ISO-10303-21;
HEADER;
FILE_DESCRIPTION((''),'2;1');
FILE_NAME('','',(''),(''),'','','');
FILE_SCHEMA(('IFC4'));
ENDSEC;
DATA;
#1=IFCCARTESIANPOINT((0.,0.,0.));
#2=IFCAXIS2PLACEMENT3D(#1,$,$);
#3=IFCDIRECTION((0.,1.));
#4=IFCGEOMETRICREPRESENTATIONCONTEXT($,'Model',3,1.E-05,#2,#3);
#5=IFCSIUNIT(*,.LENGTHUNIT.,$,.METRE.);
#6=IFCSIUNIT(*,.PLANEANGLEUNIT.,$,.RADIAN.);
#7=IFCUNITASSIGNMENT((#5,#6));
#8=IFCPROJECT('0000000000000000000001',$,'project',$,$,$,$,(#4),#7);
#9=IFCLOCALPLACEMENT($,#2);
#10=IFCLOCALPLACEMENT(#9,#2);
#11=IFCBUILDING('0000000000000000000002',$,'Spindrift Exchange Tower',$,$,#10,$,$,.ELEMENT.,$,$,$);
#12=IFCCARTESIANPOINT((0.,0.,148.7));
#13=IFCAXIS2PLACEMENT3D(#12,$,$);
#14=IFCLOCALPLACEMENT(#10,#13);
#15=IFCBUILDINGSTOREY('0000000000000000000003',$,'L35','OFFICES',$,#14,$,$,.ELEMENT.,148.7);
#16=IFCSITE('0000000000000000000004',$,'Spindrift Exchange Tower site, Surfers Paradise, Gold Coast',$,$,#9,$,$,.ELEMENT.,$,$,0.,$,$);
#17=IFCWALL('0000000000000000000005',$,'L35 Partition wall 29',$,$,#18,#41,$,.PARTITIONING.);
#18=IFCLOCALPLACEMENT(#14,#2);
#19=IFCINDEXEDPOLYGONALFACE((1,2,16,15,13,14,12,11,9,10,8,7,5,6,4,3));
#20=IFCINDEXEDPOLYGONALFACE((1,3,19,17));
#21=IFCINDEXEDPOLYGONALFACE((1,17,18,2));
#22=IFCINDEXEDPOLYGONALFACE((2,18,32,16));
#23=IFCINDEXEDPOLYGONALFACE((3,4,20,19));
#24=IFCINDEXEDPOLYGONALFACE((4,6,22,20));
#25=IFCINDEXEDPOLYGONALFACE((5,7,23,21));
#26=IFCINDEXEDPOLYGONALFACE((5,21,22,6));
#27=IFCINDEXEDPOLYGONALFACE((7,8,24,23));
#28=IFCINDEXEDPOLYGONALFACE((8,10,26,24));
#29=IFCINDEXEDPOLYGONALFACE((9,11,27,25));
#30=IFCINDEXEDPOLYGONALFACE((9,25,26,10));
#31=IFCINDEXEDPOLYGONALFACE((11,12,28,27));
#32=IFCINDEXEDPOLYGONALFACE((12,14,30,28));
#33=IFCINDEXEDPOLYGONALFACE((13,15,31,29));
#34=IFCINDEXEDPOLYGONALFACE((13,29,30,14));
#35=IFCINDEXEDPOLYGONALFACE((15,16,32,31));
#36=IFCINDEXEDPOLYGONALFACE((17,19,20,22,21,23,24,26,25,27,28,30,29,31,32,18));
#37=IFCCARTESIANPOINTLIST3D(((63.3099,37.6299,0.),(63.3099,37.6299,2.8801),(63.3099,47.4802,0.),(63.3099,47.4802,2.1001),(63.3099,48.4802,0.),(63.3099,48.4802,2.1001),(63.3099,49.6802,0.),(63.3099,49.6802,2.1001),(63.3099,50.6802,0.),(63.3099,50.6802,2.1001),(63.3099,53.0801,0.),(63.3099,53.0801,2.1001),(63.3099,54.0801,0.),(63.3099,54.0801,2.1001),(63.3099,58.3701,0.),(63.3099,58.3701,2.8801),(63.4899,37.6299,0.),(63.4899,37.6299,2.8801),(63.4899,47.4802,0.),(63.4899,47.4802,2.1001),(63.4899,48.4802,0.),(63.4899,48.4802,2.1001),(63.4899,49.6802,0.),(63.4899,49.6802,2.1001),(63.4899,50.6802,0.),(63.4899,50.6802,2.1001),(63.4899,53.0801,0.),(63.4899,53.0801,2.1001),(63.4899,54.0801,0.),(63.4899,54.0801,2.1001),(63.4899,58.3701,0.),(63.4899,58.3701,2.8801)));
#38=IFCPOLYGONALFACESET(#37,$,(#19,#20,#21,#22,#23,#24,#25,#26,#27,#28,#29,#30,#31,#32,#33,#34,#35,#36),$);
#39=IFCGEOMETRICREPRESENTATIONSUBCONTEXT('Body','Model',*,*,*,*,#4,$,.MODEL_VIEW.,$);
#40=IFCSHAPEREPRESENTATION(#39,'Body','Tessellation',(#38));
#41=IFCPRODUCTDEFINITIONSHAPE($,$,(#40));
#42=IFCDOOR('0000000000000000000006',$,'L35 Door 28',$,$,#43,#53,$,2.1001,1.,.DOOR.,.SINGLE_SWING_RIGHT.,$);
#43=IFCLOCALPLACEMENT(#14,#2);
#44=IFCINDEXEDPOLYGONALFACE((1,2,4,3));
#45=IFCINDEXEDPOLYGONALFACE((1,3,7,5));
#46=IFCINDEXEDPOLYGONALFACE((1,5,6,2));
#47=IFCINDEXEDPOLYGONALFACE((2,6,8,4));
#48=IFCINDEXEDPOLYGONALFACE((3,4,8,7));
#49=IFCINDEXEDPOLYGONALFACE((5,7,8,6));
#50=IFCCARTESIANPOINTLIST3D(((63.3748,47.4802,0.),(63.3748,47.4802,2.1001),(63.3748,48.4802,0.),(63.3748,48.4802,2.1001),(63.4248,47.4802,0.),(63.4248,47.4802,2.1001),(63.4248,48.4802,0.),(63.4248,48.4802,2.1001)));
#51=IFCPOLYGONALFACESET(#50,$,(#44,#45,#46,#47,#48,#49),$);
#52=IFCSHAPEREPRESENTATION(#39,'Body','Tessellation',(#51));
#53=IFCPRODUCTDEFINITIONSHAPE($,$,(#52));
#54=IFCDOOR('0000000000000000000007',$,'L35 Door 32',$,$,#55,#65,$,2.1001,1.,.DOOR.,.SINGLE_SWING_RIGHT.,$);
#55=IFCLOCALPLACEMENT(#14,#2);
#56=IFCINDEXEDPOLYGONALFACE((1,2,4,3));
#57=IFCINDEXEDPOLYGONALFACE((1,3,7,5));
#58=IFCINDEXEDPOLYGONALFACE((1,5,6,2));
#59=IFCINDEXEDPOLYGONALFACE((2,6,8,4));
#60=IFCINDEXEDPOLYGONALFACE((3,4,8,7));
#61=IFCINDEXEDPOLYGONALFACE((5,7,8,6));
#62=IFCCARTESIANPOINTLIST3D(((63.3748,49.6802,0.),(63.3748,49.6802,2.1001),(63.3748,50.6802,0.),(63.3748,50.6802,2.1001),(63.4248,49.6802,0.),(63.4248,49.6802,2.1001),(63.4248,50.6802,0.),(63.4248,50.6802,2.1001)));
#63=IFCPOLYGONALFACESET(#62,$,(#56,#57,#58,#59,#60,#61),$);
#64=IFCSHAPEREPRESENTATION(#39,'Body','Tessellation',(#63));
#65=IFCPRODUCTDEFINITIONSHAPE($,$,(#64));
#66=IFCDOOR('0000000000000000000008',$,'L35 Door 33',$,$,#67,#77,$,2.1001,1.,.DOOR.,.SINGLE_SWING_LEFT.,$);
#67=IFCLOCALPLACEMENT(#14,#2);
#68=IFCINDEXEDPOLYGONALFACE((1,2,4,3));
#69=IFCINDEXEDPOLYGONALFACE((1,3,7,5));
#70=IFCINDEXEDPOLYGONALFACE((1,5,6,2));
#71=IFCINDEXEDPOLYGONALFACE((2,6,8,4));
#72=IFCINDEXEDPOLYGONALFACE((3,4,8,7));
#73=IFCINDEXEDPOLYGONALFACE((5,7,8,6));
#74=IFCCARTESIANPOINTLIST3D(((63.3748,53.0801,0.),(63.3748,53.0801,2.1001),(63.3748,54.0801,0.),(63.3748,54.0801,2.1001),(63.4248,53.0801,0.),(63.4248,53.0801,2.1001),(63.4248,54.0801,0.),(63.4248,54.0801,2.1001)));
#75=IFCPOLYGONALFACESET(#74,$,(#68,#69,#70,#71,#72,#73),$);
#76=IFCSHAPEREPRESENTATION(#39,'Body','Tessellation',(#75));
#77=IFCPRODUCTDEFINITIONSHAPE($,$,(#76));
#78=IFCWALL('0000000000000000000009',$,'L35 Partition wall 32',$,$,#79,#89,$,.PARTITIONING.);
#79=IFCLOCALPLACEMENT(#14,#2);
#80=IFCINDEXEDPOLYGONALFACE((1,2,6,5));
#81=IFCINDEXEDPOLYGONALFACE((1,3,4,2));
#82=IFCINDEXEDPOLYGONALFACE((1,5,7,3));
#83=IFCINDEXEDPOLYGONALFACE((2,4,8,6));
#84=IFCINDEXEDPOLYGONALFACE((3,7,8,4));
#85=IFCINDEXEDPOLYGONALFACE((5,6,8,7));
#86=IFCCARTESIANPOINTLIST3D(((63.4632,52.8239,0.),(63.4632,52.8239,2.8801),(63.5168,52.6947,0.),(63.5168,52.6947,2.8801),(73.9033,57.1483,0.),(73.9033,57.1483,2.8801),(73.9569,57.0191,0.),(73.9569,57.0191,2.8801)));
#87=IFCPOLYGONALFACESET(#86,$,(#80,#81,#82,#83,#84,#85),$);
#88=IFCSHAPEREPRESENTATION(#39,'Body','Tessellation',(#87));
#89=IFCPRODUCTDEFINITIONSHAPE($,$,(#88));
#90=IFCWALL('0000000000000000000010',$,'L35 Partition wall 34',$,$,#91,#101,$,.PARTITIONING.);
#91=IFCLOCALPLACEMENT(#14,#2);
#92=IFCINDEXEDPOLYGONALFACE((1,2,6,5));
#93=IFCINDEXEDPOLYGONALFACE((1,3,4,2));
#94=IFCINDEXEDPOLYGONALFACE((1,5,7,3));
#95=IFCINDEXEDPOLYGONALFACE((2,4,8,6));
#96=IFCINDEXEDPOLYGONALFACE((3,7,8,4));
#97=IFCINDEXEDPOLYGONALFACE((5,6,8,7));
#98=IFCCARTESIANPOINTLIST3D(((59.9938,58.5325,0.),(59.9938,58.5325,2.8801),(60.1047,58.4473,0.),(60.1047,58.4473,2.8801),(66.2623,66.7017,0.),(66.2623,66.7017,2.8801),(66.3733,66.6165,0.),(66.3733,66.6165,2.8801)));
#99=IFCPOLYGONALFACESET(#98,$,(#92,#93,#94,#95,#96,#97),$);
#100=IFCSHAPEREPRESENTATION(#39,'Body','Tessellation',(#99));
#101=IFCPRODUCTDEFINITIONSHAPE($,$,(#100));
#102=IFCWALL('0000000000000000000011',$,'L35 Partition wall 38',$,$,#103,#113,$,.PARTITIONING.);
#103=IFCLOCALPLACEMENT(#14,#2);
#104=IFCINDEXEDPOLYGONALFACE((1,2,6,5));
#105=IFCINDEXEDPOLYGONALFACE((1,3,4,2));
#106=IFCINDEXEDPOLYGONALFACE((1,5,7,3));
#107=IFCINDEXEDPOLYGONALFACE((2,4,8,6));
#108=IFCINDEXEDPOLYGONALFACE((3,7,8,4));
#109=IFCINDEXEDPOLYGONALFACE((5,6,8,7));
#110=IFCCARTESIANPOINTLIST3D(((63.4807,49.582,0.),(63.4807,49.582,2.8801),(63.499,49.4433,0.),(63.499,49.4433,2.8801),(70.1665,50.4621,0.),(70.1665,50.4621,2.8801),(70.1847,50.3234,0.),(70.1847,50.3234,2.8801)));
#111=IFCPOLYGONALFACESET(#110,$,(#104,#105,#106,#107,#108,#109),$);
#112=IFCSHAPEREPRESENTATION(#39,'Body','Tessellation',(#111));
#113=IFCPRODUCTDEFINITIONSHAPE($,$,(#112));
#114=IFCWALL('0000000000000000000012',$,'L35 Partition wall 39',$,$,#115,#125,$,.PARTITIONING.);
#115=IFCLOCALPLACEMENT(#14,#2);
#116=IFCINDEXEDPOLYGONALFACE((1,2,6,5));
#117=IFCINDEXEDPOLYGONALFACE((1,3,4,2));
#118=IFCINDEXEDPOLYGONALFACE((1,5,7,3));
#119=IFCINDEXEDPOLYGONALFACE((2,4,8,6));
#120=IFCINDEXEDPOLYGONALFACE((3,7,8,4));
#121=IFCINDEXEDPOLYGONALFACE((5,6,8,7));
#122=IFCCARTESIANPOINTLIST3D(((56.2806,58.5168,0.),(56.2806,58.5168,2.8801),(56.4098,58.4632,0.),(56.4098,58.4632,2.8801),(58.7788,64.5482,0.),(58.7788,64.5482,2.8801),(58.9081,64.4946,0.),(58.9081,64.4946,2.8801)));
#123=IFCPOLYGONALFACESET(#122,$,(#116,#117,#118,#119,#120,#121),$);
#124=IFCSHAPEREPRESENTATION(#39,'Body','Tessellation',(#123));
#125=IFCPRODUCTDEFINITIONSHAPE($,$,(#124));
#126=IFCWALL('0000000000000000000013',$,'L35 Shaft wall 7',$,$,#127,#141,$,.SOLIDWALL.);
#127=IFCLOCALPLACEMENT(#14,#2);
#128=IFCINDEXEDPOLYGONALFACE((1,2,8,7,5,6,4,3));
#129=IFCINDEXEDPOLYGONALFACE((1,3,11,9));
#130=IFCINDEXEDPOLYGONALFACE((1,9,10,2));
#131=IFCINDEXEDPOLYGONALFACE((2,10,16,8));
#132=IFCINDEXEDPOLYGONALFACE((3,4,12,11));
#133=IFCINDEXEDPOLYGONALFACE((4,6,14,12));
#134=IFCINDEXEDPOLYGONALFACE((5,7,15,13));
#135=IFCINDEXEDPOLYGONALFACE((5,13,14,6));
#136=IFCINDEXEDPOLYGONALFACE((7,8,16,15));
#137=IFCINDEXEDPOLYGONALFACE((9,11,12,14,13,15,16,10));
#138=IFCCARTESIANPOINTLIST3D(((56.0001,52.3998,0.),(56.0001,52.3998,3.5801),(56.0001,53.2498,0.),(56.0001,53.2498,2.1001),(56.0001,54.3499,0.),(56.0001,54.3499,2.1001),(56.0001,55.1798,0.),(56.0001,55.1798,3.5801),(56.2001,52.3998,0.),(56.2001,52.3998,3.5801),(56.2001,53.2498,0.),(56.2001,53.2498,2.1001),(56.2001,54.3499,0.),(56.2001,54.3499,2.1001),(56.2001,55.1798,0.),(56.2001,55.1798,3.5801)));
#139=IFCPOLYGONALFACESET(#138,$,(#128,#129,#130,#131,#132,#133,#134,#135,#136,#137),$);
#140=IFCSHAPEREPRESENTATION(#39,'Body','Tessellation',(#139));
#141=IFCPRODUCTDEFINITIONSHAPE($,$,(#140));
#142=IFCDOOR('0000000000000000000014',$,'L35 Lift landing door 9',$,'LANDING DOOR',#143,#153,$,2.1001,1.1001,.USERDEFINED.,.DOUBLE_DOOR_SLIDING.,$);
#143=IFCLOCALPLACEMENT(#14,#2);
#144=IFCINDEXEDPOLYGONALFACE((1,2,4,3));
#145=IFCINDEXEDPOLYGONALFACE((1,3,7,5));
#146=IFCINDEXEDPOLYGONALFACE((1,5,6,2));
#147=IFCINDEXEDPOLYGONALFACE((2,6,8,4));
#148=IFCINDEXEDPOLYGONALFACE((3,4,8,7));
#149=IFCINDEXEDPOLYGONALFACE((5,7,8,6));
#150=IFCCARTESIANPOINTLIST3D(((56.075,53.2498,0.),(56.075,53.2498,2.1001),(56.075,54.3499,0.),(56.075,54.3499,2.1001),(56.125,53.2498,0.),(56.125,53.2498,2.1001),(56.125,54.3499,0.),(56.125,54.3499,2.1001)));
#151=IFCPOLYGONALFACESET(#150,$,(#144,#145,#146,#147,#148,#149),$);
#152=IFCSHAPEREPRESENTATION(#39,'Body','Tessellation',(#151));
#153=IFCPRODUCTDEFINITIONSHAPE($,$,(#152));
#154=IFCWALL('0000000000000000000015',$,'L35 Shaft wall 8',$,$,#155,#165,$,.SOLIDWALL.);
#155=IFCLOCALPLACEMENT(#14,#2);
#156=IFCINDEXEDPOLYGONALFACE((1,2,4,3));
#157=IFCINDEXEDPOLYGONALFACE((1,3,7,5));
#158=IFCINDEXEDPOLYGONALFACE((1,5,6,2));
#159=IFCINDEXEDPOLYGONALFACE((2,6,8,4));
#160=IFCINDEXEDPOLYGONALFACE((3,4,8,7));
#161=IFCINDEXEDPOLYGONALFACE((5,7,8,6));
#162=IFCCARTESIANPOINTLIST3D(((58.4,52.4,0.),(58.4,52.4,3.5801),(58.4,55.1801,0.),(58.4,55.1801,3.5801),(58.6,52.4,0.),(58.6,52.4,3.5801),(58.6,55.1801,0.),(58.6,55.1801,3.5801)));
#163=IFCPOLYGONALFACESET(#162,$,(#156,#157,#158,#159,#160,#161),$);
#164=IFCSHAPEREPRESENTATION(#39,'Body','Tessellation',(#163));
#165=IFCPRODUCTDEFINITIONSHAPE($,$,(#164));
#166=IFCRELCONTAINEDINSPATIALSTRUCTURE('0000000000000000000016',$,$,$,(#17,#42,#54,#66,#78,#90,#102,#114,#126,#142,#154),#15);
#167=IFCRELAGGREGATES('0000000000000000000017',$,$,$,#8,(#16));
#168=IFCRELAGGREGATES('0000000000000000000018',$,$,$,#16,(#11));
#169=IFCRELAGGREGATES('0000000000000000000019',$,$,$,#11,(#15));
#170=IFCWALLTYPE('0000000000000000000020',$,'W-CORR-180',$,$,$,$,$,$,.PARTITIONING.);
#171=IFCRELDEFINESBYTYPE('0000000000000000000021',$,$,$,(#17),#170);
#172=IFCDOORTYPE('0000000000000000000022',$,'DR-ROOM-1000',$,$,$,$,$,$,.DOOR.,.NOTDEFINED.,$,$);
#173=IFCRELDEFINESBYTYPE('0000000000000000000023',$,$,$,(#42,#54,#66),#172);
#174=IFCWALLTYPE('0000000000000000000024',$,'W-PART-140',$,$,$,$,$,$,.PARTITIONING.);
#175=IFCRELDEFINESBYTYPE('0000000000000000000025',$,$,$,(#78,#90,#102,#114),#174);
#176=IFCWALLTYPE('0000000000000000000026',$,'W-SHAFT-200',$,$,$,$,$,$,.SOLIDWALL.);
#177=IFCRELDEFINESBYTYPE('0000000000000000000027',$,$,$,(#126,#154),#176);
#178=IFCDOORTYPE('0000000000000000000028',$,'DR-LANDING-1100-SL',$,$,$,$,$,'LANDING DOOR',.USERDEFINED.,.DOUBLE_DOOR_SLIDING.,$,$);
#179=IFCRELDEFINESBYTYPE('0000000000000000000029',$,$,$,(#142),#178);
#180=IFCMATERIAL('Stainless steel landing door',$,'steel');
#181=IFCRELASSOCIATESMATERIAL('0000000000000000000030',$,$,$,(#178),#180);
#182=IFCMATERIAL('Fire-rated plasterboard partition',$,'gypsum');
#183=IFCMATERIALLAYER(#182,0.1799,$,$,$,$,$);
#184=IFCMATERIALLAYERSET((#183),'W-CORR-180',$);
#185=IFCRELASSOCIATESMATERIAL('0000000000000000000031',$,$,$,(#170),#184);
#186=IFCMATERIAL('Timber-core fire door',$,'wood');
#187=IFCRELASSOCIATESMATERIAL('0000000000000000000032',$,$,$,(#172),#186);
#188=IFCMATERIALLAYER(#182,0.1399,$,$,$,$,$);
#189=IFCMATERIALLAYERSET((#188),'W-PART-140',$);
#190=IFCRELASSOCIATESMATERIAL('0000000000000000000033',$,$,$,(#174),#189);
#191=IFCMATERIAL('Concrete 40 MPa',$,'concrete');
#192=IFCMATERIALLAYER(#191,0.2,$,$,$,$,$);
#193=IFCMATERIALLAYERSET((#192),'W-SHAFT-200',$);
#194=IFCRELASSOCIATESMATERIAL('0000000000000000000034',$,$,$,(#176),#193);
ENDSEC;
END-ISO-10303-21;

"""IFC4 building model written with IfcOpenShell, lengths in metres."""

from ifc_helpers import new_model, si_unit, direction, frame, frame_2d, origin, place, context, subcontext, project, spatial, rectangle, extrude, source, transform, mapped, material, layer, layer_set, type_object, element, fill, save


model = new_model("IFC4")

# Units and contexts
model_context = context("Model", 3, precision=1e-05, world=origin(), true_north=direction((0.0, 1.0)))
body_context = subcontext(model_context, "Body", "Model", "MODEL_VIEW")
ifc_project = project(units=[si_unit("LENGTHUNIT", "METRE"), si_unit("PLANEANGLEUNIT", "RADIAN")], contexts=[model_context])

# Site, building, storey
site_placement = place(None, origin())
site = spatial("IfcSite", under=ifc_project, at=site_placement, Name="Spindrift Exchange Tower site, Surfers Paradise, Gold Coast", CompositionType="ELEMENT", RefElevation=0.0)
building_placement = place(site_placement, origin())
building = spatial("IfcBuilding", under=site, at=building_placement, Name="Spindrift Exchange Tower", CompositionType="ELEMENT")
storey_placement = place(building_placement, frame((0.0, 0.0, 148.7)))
storey = spatial("IfcBuildingStorey", under=building, at=storey_placement, Name="L35", Description="OFFICES", CompositionType="ELEMENT", Elevation=148.7)

# Wall, openings, doors
ifc_material_1 = material(Name="Stainless steel landing door", Category="steel")
door_type_1 = type_object("IfcDoorType", Name="DR-LANDING-1100-SL", ElementType="LANDING DOOR", OperationType="DOUBLE_DOOR_SLIDING", PredefinedType="USERDEFINED", material=ifc_material_1)
shared_shape_1 = source(origin(), body_context, "Body", "SweptSolid", [
    extrude(rectangle(XDim=1.1001, YDim=2.1001, at=frame_2d((0.55, 1.05))), frame((0.0, 0.0249, 0.0), z_axis=(0.0, -1.0, 0.0), x_axis=(1.0, 0.0, 0.0)), (0.0, 0.0, 1.0), 0.05),
])
ifc_material_2 = material(Name="Timber-core fire door", Category="wood")
ifc_material_3 = material(Name="Fire-rated plasterboard partition", Category="gypsum")
ifc_layer_1 = layer(ifc_material_3, 0.1799)
ifc_layer_set_1 = layer_set([ifc_layer_1], Name="W-CORR-180")
wall_type_1 = type_object("IfcWallType", Name="W-CORR-180", PredefinedType="PARTITIONING", material=ifc_layer_set_1)
wall_1_placement = place(storey_placement, frame((63.3999, 58.3701, 0.0), z_axis=(0.0, 0.0, 1.0), x_axis=(0.0, -1.0, 0.0)))
wall_1 = element("IfcWall", 1, at=wall_1_placement, inside=storey, type_object=wall_type_1, Name="L35 Partition wall 29", PredefinedType="PARTITIONING", context=body_context, shape_type="SweptSolid", body=[
    extrude(rectangle(XDim=20.7402, YDim=0.1799, at=frame_2d((10.3701, 0.0))), origin(), (0.0, 0.0, 1.0), 2.8801),
])
opening_1_placement = place(wall_1_placement, frame((9.8899, 0.0, 0.0)))
opening_1 = element("IfcOpeningElement", 2, at=opening_1_placement, cuts=wall_1, PredefinedType="OPENING", context=body_context, shape_type="SweptSolid", body=[
    extrude(rectangle(XDim=1.0, YDim=2.1001, at=frame_2d((0.5, 1.05))), frame((0.0, 0.0999, 0.0), z_axis=(0.0, -1.0, 0.0), x_axis=(1.0, 0.0, 0.0)), (0.0, 0.0, 1.0), 0.2),
])
opening_2_placement = place(wall_1_placement, frame((7.6899, 0.0, 0.0)))
opening_2 = element("IfcOpeningElement", 3, at=opening_2_placement, cuts=wall_1, PredefinedType="OPENING", context=body_context, shape_type="SweptSolid", body=[
    extrude(rectangle(XDim=1.0, YDim=2.1001, at=frame_2d((0.5, 1.05))), frame((0.0, 0.0999, 0.0), z_axis=(0.0, -1.0, 0.0), x_axis=(1.0, 0.0, 0.0)), (0.0, 0.0, 1.0), 0.2),
])
opening_3_placement = place(wall_1_placement, frame((4.29, 0.0, 0.0)))
opening_3 = element("IfcOpeningElement", 4, at=opening_3_placement, cuts=wall_1, PredefinedType="OPENING", context=body_context, shape_type="SweptSolid", body=[
    extrude(rectangle(XDim=1.0, YDim=2.1001, at=frame_2d((0.5, 1.05))), frame((0.0, 0.0999, 0.0), z_axis=(0.0, -1.0, 0.0), x_axis=(1.0, 0.0, 0.0)), (0.0, 0.0, 1.0), 0.2),
])
door_type_2 = type_object("IfcDoorType", Name="DR-ROOM-1000", OperationType="NOTDEFINED", PredefinedType="DOOR", material=ifc_material_2)
shared_shape_2 = source(origin(), body_context, "Body", "SweptSolid", [
    extrude(rectangle(XDim=1.0, YDim=2.1001, at=frame_2d((0.5, 1.05))), frame((0.0, 0.0249, 0.0), z_axis=(0.0, -1.0, 0.0), x_axis=(1.0, 0.0, 0.0)), (0.0, 0.0, 1.0), 0.05),
])
door_1_placement = place(opening_1_placement, origin())
door_1 = element("IfcDoor", 5, at=door_1_placement, inside=storey, type_object=door_type_2, Name="L35 Door 28", OperationType="SINGLE_SWING_RIGHT", OverallHeight=2.1001, OverallWidth=1.0, PredefinedType="DOOR", context=body_context, shape_type="MappedRepresentation", body=[
    mapped(shared_shape_2, transform((0.0, 0.0, 0.0), scale=1.0)),
])
fill(opening_1, door_1)
door_2_placement = place(opening_2_placement, origin())
door_2 = element("IfcDoor", 6, at=door_2_placement, inside=storey, type_object=door_type_2, Name="L35 Door 32", OperationType="SINGLE_SWING_RIGHT", OverallHeight=2.1001, OverallWidth=1.0, PredefinedType="DOOR", context=body_context, shape_type="MappedRepresentation", body=[
    mapped(shared_shape_2, transform((0.0, 0.0, 0.0), scale=1.0)),
])
fill(opening_2, door_2)
door_3_placement = place(opening_3_placement, origin())
door_3 = element("IfcDoor", 7, at=door_3_placement, inside=storey, type_object=door_type_2, Name="L35 Door 33", OperationType="SINGLE_SWING_LEFT", OverallHeight=2.1001, OverallWidth=1.0, PredefinedType="DOOR", context=body_context, shape_type="MappedRepresentation", body=[
    mapped(shared_shape_2, transform((0.0, 0.0, 0.0), scale=1.0)),
])
fill(opening_3, door_3)

# Walls
ifc_layer_2 = layer(ifc_material_3, 0.1399)
ifc_layer_set_2 = layer_set([ifc_layer_2], Name="W-PART-140")
wall_type_2 = type_object("IfcWallType", Name="W-PART-140", PredefinedType="PARTITIONING", material=ifc_layer_set_2)
wall_2_placement = place(storey_placement, frame((63.49, 52.7593, 0.0), z_axis=(0.0, 0.0, 1.0), x_axis=(0.92388, 0.382683, 0.0)))
element("IfcWall", 8, at=wall_2_placement, inside=storey, type_object=wall_type_2, Name="L35 Partition wall 32", PredefinedType="PARTITIONING", context=body_context, shape_type="SweptSolid", body=[
    extrude(rectangle(XDim=11.3003, YDim=0.1399, at=frame_2d((5.6501, 0.0))), origin(), (0.0, 0.0, 1.0), 2.8801),
])
wall_3_placement = place(storey_placement, frame((60.0493, 58.49, 0.0), z_axis=(0.0, 0.0, 1.0), x_axis=(0.608768, 0.793348, 0.0)))
element("IfcWall", 9, at=wall_3_placement, inside=storey, type_object=wall_type_2, Name="L35 Partition wall 34", PredefinedType="PARTITIONING", context=body_context, shape_type="SweptSolid", body=[
    extrude(rectangle(XDim=10.2971, YDim=0.1399, at=frame_2d((5.1484, 0.0))), origin(), (0.0, 0.0, 1.0), 2.8801),
])
wall_4_placement = place(storey_placement, frame((63.49, 49.5127, 0.0), z_axis=(0.0, 0.0, 1.0), x_axis=(0.991446, 0.130515, 0.0)))
element("IfcWall", 10, at=wall_4_placement, inside=storey, type_object=wall_type_2, Name="L35 Partition wall 38", PredefinedType="PARTITIONING", context=body_context, shape_type="SweptSolid", body=[
    extrude(rectangle(XDim=6.7434, YDim=0.1399, at=frame_2d((3.3716, 0.0))), origin(), (0.0, 0.0, 1.0), 2.8801),
])
wall_5_placement = place(storey_placement, frame((56.3452, 58.49, 0.0), z_axis=(0.0, 0.0, 1.0), x_axis=(0.382679, 0.923881, 0.0)))
element("IfcWall", 11, at=wall_5_placement, inside=storey, type_object=wall_type_2, Name="L35 Partition wall 39", PredefinedType="PARTITIONING", context=body_context, shape_type="SweptSolid", body=[
    extrude(rectangle(XDim=6.5283, YDim=0.1399, at=frame_2d((3.2642, 0.0))), origin(), (0.0, 0.0, 1.0), 2.8801),
])

# Wall, opening, door
ifc_material_4 = material(Name="Concrete 40 MPa", Category="concrete")
ifc_layer_3 = layer(ifc_material_4, 0.2)
ifc_layer_set_3 = layer_set([ifc_layer_3], Name="W-SHAFT-200")
wall_type_3 = type_object("IfcWallType", Name="W-SHAFT-200", PredefinedType="SOLIDWALL", material=ifc_layer_set_3)
wall_6_placement = place(storey_placement, frame((56.1001, 55.1799, 0.0), z_axis=(0.0, 0.0, 1.0), x_axis=(0.0, -1.0, 0.0)))
wall_6 = element("IfcWall", 12, at=wall_6_placement, inside=storey, type_object=wall_type_3, Name="L35 Shaft wall 7", PredefinedType="SOLIDWALL", context=body_context, shape_type="SweptSolid", body=[
    extrude(rectangle(XDim=2.78, YDim=0.2, at=frame_2d((1.3901, 0.0))), origin(), (0.0, 0.0, 1.0), 3.5801),
])
opening_4_placement = place(wall_6_placement, frame((0.8301, 0.0, 0.0)))
opening_4 = element("IfcOpeningElement", 13, at=opening_4_placement, cuts=wall_6, PredefinedType="OPENING", context=body_context, shape_type="SweptSolid", body=[
    extrude(rectangle(XDim=1.1001, YDim=2.1001, at=frame_2d((0.55, 1.05))), frame((0.0, 0.1099, 0.0), z_axis=(0.0, -1.0, 0.0), x_axis=(1.0, 0.0, 0.0)), (0.0, 0.0, 1.0), 0.22),
])
door_4_placement = place(opening_4_placement, origin())
door_4 = element("IfcDoor", 14, at=door_4_placement, inside=storey, type_object=door_type_1, Name="L35 Lift landing door 9", ObjectType="LANDING DOOR", OperationType="DOUBLE_DOOR_SLIDING", OverallHeight=2.1001, OverallWidth=1.1001, PredefinedType="USERDEFINED", context=body_context, shape_type="MappedRepresentation", body=[
    mapped(shared_shape_1, transform((0.0, 0.0, 0.0), scale=1.0)),
])
fill(opening_4, door_4)

# Wall
wall_7_placement = place(storey_placement, frame((58.5, 52.3999, 0.0), z_axis=(0.0, 0.0, 1.0), x_axis=(0.0, 1.0, 0.0)))
element("IfcWall", 15, at=wall_7_placement, inside=storey, type_object=wall_type_3, Name="L35 Shaft wall 8", PredefinedType="SOLIDWALL", context=body_context, shape_type="SweptSolid", body=[
    extrude(rectangle(XDim=2.78, YDim=0.2, at=frame_2d((1.3901, 0.0))), origin(), (0.0, 0.0, 1.0), 3.5801),
])

save(model, "model.ifc")
